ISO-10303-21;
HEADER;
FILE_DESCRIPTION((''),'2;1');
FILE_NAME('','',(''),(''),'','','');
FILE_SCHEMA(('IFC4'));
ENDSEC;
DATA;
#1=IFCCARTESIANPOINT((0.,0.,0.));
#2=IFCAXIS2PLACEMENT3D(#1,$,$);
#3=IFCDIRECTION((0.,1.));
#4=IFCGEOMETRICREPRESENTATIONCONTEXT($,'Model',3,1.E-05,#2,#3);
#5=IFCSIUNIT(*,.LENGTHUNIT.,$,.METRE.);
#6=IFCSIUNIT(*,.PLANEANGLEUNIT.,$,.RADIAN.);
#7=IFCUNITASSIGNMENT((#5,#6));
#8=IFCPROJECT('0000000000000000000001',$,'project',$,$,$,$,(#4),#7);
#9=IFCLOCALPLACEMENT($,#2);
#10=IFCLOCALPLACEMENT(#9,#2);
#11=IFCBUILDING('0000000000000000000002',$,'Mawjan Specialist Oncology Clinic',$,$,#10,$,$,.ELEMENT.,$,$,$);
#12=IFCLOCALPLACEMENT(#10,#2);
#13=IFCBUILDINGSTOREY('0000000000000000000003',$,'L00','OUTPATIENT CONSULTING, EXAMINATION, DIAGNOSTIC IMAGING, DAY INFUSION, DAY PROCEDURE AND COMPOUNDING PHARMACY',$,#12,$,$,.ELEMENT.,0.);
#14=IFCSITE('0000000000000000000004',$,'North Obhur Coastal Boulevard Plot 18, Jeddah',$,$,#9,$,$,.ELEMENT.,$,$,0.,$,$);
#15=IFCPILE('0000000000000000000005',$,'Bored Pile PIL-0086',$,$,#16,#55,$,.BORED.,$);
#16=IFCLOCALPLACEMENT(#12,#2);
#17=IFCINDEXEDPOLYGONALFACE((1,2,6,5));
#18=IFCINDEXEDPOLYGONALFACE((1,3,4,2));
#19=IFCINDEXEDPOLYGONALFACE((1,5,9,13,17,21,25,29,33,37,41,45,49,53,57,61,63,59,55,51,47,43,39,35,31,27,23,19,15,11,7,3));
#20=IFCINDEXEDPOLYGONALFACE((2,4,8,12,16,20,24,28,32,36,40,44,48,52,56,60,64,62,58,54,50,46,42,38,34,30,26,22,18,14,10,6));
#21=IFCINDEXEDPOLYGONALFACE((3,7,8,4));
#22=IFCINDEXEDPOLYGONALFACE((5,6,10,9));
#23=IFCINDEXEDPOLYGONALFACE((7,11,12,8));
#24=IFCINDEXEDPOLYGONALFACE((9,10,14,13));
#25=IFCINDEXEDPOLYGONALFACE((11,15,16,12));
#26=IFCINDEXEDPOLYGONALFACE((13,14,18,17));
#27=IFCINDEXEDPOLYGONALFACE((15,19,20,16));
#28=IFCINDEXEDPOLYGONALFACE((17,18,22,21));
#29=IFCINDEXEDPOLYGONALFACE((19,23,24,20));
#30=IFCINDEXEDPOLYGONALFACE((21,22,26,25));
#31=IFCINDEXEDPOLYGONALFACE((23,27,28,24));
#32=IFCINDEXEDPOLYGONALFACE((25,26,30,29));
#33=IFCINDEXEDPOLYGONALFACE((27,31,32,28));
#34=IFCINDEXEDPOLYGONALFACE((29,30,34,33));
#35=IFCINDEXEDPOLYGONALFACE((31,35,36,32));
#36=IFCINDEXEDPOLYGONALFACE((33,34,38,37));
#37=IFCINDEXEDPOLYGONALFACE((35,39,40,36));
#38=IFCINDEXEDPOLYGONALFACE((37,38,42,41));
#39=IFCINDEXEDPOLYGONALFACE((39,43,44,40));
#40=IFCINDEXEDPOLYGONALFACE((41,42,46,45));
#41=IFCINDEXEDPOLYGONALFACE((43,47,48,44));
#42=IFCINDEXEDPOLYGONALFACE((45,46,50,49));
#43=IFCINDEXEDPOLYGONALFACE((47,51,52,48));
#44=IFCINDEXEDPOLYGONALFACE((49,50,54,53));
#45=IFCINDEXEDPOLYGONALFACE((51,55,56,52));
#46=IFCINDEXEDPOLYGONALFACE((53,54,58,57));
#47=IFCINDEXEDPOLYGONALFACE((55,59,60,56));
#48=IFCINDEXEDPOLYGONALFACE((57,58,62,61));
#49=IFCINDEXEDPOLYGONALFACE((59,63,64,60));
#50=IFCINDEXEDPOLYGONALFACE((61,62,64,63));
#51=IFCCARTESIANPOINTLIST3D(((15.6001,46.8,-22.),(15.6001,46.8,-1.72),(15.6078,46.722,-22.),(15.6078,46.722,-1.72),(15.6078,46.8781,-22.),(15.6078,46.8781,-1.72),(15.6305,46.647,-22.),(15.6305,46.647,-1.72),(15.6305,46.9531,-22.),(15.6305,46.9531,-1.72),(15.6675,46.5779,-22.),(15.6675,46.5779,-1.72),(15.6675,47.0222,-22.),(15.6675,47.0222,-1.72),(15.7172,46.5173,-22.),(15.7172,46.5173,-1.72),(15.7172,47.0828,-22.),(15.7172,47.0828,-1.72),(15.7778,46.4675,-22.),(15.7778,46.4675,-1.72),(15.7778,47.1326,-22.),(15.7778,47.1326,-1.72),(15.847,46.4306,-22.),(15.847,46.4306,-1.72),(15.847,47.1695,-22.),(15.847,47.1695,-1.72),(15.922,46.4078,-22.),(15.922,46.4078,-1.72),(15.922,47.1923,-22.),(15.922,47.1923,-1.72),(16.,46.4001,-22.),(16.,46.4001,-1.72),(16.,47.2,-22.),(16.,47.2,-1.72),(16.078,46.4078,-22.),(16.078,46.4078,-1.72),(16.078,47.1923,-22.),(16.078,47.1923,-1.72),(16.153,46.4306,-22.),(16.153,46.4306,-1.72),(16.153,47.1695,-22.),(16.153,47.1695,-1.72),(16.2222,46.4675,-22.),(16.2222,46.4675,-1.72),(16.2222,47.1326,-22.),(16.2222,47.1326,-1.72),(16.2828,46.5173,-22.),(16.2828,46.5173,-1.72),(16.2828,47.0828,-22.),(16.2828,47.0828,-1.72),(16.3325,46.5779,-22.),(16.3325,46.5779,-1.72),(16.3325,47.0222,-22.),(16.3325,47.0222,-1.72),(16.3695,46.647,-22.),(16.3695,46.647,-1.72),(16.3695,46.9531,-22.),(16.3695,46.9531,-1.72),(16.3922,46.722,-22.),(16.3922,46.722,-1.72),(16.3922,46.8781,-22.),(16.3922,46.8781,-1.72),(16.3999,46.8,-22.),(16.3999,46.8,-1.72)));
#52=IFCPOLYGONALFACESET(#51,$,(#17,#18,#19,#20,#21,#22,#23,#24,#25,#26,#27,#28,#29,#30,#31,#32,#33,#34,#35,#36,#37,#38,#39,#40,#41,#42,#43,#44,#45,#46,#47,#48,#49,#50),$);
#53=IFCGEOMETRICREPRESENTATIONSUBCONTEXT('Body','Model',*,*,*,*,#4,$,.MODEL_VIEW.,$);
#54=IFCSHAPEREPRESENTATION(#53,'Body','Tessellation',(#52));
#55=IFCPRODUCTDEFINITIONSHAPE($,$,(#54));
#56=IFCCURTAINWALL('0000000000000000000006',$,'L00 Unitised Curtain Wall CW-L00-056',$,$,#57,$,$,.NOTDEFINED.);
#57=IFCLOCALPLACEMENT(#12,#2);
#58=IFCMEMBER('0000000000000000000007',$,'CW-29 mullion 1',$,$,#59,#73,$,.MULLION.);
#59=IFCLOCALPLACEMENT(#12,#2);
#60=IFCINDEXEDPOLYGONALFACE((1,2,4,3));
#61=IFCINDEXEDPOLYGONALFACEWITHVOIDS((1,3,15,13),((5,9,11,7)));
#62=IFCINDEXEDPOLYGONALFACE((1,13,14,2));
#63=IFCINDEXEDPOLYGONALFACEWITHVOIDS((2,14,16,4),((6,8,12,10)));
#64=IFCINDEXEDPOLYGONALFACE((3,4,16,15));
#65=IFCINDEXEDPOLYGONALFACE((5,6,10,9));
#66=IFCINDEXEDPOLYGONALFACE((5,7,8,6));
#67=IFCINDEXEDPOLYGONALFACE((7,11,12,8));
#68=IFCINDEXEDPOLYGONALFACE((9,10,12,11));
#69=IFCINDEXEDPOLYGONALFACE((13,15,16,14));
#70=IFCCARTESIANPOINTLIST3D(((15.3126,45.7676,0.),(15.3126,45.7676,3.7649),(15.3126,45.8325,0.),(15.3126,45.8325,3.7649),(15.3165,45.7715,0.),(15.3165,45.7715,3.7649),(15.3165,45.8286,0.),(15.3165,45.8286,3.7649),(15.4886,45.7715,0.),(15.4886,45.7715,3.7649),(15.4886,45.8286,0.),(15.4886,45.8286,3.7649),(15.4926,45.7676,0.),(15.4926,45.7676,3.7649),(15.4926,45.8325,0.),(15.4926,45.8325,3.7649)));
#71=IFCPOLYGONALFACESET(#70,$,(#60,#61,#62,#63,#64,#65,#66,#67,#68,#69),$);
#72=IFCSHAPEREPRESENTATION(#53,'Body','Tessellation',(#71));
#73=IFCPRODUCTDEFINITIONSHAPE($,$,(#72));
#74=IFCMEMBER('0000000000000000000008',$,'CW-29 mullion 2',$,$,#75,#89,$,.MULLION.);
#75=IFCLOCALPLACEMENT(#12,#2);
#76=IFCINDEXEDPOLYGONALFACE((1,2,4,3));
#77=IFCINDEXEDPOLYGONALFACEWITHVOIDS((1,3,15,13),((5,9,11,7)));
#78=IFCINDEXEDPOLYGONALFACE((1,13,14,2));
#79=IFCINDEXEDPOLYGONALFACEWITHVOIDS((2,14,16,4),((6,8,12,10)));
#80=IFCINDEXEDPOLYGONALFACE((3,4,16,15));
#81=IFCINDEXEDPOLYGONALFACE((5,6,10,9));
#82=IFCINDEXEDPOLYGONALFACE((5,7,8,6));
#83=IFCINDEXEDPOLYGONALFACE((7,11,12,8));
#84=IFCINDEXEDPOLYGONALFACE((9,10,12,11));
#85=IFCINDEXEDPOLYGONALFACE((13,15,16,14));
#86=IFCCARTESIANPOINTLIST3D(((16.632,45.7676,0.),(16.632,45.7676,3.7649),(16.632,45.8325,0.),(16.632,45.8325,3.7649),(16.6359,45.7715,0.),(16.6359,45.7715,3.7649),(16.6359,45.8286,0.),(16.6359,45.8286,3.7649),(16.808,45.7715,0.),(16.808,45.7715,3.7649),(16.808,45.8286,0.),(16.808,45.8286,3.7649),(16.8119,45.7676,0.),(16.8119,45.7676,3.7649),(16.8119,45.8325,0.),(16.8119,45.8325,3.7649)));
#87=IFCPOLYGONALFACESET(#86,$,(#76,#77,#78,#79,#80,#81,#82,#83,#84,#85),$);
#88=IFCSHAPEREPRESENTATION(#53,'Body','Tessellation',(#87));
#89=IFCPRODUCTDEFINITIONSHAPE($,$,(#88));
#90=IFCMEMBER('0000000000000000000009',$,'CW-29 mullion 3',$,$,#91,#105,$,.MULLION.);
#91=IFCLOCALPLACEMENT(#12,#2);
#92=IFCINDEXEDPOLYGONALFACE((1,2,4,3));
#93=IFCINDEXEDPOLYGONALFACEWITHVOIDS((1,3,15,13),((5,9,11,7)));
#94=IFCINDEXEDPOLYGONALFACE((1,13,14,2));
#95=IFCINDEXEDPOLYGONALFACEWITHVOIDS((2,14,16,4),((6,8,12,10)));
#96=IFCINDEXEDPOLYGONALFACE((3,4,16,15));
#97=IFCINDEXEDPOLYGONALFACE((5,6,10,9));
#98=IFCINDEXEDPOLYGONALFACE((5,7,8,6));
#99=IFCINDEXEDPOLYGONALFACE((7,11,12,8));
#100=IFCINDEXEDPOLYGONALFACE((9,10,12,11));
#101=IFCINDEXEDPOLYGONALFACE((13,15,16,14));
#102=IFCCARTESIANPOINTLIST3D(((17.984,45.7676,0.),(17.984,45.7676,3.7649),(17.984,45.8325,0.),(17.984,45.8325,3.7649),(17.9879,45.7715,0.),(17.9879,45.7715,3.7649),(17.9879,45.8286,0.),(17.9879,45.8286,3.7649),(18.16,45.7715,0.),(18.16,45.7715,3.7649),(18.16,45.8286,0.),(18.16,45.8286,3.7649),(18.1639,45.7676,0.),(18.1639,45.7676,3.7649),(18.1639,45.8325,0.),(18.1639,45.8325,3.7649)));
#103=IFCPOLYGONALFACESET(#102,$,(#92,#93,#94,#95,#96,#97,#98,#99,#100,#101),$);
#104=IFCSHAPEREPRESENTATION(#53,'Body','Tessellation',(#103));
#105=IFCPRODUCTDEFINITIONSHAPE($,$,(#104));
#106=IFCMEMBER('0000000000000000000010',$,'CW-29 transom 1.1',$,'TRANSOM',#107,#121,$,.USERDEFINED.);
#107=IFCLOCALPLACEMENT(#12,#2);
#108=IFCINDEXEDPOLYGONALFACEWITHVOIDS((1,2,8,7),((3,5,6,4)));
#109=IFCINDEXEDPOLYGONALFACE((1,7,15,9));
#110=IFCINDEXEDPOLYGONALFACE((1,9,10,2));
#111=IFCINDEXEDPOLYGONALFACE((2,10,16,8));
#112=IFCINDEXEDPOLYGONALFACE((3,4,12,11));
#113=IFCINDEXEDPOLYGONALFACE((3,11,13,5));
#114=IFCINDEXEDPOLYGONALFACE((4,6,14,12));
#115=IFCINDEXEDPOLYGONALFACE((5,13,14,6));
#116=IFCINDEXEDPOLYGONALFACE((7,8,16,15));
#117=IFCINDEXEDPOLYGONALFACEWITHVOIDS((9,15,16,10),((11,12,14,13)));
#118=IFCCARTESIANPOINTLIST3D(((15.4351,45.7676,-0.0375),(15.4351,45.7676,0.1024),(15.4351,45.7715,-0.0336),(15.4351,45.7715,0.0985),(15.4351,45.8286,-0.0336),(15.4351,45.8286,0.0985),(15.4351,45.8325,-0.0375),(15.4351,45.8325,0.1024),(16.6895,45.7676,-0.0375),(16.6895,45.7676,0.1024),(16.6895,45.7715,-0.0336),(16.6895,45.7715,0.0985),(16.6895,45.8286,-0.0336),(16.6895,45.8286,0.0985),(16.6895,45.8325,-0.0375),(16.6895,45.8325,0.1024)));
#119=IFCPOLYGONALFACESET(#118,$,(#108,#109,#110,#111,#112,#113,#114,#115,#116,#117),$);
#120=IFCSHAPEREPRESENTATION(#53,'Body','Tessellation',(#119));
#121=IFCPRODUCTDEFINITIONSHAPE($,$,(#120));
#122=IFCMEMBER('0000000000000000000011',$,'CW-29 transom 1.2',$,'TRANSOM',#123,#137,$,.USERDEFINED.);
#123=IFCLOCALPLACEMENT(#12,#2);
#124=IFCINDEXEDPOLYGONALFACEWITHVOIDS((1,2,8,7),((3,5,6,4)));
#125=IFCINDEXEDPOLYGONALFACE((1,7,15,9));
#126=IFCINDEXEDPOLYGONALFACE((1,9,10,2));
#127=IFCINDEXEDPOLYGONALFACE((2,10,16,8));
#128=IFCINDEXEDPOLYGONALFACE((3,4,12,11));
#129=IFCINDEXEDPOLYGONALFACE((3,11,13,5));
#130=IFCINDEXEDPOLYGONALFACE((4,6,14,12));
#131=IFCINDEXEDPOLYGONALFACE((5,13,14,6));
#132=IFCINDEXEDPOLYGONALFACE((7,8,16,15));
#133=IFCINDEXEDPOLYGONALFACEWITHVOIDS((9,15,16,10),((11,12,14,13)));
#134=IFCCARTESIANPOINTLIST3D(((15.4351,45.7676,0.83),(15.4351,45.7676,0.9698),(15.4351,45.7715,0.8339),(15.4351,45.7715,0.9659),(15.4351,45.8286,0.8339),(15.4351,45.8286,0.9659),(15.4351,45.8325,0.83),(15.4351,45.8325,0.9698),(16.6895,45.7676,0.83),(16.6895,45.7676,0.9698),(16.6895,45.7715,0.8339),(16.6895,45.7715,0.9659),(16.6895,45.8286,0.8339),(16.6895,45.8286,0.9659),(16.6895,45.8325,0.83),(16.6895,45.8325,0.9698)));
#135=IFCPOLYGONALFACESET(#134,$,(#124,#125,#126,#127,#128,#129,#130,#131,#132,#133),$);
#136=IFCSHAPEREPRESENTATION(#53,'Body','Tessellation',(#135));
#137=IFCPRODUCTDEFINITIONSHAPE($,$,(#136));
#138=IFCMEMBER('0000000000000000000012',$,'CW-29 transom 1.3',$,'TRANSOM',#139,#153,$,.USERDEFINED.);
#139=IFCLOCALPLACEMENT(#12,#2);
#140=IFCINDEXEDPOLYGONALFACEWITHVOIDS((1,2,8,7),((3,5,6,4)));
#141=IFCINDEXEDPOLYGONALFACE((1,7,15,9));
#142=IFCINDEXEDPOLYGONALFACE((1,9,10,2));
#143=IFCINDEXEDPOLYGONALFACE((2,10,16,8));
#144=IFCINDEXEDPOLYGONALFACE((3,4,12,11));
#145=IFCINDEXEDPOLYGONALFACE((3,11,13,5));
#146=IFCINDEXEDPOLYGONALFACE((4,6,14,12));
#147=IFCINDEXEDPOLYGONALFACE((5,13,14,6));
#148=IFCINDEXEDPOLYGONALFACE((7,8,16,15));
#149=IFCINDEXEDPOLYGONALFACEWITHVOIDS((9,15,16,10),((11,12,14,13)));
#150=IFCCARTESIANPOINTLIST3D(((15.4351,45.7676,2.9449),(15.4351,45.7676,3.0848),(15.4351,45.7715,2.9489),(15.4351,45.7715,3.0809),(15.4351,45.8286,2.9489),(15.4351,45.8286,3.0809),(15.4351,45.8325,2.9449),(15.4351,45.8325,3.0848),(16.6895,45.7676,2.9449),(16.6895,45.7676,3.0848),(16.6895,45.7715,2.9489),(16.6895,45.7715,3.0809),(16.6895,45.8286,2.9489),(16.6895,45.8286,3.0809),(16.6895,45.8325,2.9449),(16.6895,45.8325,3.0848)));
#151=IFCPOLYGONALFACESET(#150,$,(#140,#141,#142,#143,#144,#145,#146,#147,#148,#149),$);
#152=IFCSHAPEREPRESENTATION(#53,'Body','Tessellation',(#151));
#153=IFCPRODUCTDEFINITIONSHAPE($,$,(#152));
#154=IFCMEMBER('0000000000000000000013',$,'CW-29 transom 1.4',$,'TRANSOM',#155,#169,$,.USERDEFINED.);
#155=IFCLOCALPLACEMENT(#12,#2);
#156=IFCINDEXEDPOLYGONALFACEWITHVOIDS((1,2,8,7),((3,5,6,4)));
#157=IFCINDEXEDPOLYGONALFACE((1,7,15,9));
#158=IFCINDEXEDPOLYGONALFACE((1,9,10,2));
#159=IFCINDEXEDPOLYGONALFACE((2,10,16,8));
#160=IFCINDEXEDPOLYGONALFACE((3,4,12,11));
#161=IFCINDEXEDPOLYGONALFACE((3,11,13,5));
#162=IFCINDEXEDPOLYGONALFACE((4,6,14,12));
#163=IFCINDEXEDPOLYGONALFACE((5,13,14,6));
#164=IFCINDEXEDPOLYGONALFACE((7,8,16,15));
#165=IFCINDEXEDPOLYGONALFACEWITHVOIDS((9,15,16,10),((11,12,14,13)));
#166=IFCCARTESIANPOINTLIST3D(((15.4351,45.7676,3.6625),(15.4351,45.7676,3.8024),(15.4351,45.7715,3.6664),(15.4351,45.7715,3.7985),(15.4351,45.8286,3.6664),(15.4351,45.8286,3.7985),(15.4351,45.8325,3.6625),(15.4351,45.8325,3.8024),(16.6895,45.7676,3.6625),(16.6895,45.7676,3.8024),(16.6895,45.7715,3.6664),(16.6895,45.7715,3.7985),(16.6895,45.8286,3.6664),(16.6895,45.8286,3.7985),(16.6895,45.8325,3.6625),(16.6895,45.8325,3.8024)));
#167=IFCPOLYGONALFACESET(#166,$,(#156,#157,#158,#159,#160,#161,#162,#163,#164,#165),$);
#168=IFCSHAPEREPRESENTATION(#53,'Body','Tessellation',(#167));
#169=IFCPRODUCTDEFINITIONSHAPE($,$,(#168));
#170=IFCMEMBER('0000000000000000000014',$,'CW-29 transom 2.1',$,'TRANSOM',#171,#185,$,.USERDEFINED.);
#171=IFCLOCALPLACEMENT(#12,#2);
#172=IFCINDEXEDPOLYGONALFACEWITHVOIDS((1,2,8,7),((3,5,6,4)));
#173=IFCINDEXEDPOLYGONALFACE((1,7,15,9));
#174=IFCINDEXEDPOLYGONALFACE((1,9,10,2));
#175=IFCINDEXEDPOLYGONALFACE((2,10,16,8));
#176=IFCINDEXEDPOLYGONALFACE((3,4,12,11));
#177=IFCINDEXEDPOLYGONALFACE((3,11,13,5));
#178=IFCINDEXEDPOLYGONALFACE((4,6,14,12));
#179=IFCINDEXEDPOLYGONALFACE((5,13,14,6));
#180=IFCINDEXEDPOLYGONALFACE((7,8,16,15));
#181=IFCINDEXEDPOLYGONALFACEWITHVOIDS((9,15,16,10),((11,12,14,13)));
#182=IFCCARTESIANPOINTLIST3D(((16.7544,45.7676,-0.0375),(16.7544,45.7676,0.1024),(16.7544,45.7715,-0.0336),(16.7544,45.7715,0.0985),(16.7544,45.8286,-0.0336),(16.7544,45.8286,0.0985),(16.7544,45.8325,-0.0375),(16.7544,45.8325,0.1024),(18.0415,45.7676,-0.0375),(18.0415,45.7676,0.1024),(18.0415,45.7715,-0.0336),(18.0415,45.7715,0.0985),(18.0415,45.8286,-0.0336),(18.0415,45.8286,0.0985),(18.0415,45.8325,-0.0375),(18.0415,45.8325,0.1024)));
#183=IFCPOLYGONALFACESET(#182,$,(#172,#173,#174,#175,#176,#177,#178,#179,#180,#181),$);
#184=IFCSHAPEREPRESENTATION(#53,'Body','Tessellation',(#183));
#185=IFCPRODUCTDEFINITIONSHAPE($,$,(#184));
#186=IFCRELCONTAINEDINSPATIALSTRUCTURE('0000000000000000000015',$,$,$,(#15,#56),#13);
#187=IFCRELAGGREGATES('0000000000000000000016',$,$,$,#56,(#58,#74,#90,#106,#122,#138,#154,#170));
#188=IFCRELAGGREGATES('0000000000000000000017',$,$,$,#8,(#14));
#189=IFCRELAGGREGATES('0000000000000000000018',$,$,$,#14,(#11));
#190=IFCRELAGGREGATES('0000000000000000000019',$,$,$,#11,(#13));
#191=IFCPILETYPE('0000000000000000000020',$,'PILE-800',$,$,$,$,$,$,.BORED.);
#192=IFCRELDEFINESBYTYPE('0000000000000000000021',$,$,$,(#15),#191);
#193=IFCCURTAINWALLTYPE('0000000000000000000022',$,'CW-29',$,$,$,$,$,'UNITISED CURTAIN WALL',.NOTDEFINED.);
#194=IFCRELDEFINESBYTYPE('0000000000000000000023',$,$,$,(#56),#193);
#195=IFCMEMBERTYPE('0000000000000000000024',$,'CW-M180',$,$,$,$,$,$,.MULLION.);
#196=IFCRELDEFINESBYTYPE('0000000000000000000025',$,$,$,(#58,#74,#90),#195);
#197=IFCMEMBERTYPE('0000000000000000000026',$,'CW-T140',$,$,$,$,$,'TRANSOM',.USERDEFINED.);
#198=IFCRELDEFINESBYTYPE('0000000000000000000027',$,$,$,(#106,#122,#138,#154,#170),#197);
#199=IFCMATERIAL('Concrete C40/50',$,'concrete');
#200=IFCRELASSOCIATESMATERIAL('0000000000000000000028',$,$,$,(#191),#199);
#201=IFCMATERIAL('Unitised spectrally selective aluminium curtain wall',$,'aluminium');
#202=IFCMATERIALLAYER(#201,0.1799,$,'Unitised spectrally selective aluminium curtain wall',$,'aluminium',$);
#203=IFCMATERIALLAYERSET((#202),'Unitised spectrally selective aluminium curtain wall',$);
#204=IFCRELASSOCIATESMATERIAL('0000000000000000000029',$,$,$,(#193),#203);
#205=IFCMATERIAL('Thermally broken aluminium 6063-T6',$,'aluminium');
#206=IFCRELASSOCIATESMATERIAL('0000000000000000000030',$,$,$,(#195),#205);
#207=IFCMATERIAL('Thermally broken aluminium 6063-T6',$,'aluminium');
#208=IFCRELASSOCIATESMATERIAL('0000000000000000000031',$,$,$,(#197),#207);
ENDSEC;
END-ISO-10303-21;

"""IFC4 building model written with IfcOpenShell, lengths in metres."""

from ifc_helpers import new_model, si_unit, direction, frame, origin, origin_2d, place, context, subcontext, project, spatial, hollow_rectangle, circle, extrude, material, layer, layer_set, material_profile, profile_set, type_object, element, aggregate, save


model = new_model("IFC4")

# Units and contexts
model_context = context("Model", 3, precision=1e-05, world=origin(), true_north=direction((0.0, 1.0)))
body_context = subcontext(model_context, "Body", "Model", "MODEL_VIEW")
ifc_project = project(units=[si_unit("LENGTHUNIT", "METRE"), si_unit("PLANEANGLEUNIT", "RADIAN")], contexts=[model_context])

# Site, building, storey
site_placement = place(None, origin())
site = spatial("IfcSite", under=ifc_project, at=site_placement, Name="North Obhur Coastal Boulevard Plot 18, Jeddah", CompositionType="ELEMENT", RefElevation=0.0)
building_placement = place(site_placement, origin())
building = spatial("IfcBuilding", under=site, at=building_placement, Name="Mawjan Specialist Oncology Clinic", CompositionType="ELEMENT")
storey_placement = place(building_placement, origin())
storey = spatial("IfcBuildingStorey", under=building, at=storey_placement, Name="L00", Description="OUTPATIENT CONSULTING, EXAMINATION, DIAGNOSTIC IMAGING, DAY INFUSION, DAY PROCEDURE AND COMPOUNDING PHARMACY", CompositionType="ELEMENT", Elevation=0.0)

# Pile
ifc_material_1 = material(Name="Concrete C40/50", Category="concrete")
ifc_material_profile_1 = material_profile(ifc_material_1, circle(Radius=0.3999, at=origin_2d()), Name="BORED PILE D800", Category="concrete")
ifc_profile_set_1 = profile_set([ifc_material_profile_1], Name="Concrete C40/50")
pile_type = type_object("IfcPileType", Name="PILE-800", PredefinedType="BORED", material=ifc_profile_set_1)
pile_placement = place(storey_placement, frame((16.0, 46.8, -1.72), z_axis=(0.0, 0.0, -1.0), x_axis=(1.0, 0.0, 0.0)))
element("IfcPile", 1, at=pile_placement, inside=storey, type_object=pile_type, Name="Bored Pile PIL-0086", PredefinedType="BORED", context=body_context, shape_type="SweptSolid", body=[
    extrude(circle(Radius=0.3999, at=origin_2d()), origin(), (0.0, 0.0, 1.0), 20.28),
])

# Curtain wall, members
ifc_material_2 = material(Name="Unitised spectrally selective aluminium curtain wall", Category="aluminium")
ifc_layer_1 = layer(ifc_material_2, 0.1799, Name="Unitised spectrally selective aluminium curtain wall", Category="aluminium")
ifc_layer_set_1 = layer_set([ifc_layer_1], Name="Unitised spectrally selective aluminium curtain wall")
curtain_wall_type_1 = type_object("IfcCurtainWallType", Name="CW-29", ElementType="UNITISED CURTAIN WALL", PredefinedType="NOTDEFINED", material=ifc_layer_set_1)
curtain_wall_1_placement = place(storey_placement, origin())
curtain_wall_1 = element("IfcCurtainWall", 2, at=curtain_wall_1_placement, inside=storey, type_object=curtain_wall_type_1, Name="L00 Unitised Curtain Wall CW-L00-056", PredefinedType="NOTDEFINED")
ifc_material_3 = material(Name="Thermally broken aluminium 6063-T6", Category="aluminium")
ifc_material_profile_2 = material_profile(ifc_material_3, hollow_rectangle(XDim=0.0649, YDim=0.1799, WallThickness=0.0039, at=origin_2d()), Name="ALU MULLION 180x65x4", Category="aluminium")
ifc_profile_set_2 = profile_set([ifc_material_profile_2], Name="Thermally broken aluminium 6063-T6")
member_type_1 = type_object("IfcMemberType", Name="CW-M180", PredefinedType="MULLION", material=ifc_profile_set_2)
member_1_placement = place(storey_placement, frame((15.4026, 45.8, 0.0), z_axis=(0.0, 0.0, 1.0), x_axis=(0.0, 1.0, 0.0)))
member_1 = element("IfcMember", 3, at=member_1_placement, type_object=member_type_1, Name="CW-29 mullion 1", PredefinedType="MULLION", context=body_context, shape_type="SweptSolid", body=[
    extrude(hollow_rectangle(XDim=0.0649, YDim=0.1799, WallThickness=0.0039, at=origin_2d()), origin(), (0.0, 0.0, 1.0), 3.7649),
])
member_2_placement = place(storey_placement, frame((16.7219, 45.8, 0.0), z_axis=(0.0, 0.0, 1.0), x_axis=(0.0, 1.0, 0.0)))
member_2 = element("IfcMember", 4, at=member_2_placement, type_object=member_type_1, Name="CW-29 mullion 2", PredefinedType="MULLION", context=body_context, shape_type="SweptSolid", body=[
    extrude(hollow_rectangle(XDim=0.0649, YDim=0.1799, WallThickness=0.0039, at=origin_2d()), origin(), (0.0, 0.0, 1.0), 3.7649),
])
member_3_placement = place(storey_placement, frame((18.074, 45.8, 0.0), z_axis=(0.0, 0.0, 1.0), x_axis=(0.0, 1.0, 0.0)))
member_3 = element("IfcMember", 5, at=member_3_placement, type_object=member_type_1, Name="CW-29 mullion 3", PredefinedType="MULLION", context=body_context, shape_type="SweptSolid", body=[
    extrude(hollow_rectangle(XDim=0.0649, YDim=0.1799, WallThickness=0.0039, at=origin_2d()), origin(), (0.0, 0.0, 1.0), 3.7649),
])
ifc_material_4 = material(Name="Thermally broken aluminium 6063-T6", Category="aluminium")
ifc_material_profile_3 = material_profile(ifc_material_4, hollow_rectangle(XDim=0.0649, YDim=0.1399, WallThickness=0.0039, at=origin_2d()), Name="ALU TRANSOM 140x65x4", Category="aluminium")
ifc_profile_set_3 = profile_set([ifc_material_profile_3], Name="Thermally broken aluminium 6063-T6")
member_type_2 = type_object("IfcMemberType", Name="CW-T140", ElementType="TRANSOM", PredefinedType="USERDEFINED", material=ifc_profile_set_3)
member_4_placement = place(storey_placement, frame((15.4351, 45.8, 0.0325), z_axis=(1.0, 0.0, 0.0), x_axis=(0.0, 1.0, 0.0)))
member_4 = element("IfcMember", 6, at=member_4_placement, type_object=member_type_2, Name="CW-29 transom 1.1", ObjectType="TRANSOM", PredefinedType="USERDEFINED", context=body_context, shape_type="SweptSolid", body=[
    extrude(hollow_rectangle(XDim=0.0649, YDim=0.1399, WallThickness=0.0039, at=origin_2d()), origin(), (0.0, 0.0, 1.0), 1.2544),
])
member_5_placement = place(storey_placement, frame((15.4351, 45.8, 0.8999), z_axis=(1.0, 0.0, 0.0), x_axis=(0.0, 1.0, 0.0)))
member_5 = element("IfcMember", 7, at=member_5_placement, type_object=member_type_2, Name="CW-29 transom 1.2", ObjectType="TRANSOM", PredefinedType="USERDEFINED", context=body_context, shape_type="SweptSolid", body=[
    extrude(hollow_rectangle(XDim=0.0649, YDim=0.1399, WallThickness=0.0039, at=origin_2d()), origin(), (0.0, 0.0, 1.0), 1.2544),
])
member_6_placement = place(storey_placement, frame((15.4351, 45.8, 3.0149), z_axis=(1.0, 0.0, 0.0), x_axis=(0.0, 1.0, 0.0)))
member_6 = element("IfcMember", 8, at=member_6_placement, type_object=member_type_2, Name="CW-29 transom 1.3", ObjectType="TRANSOM", PredefinedType="USERDEFINED", context=body_context, shape_type="SweptSolid", body=[
    extrude(hollow_rectangle(XDim=0.0649, YDim=0.1399, WallThickness=0.0039, at=origin_2d()), origin(), (0.0, 0.0, 1.0), 1.2544),
])
member_7_placement = place(storey_placement, frame((15.4351, 45.8, 3.7324), z_axis=(1.0, 0.0, 0.0), x_axis=(0.0, 1.0, 0.0)))
member_7 = element("IfcMember", 9, at=member_7_placement, type_object=member_type_2, Name="CW-29 transom 1.4", ObjectType="TRANSOM", PredefinedType="USERDEFINED", context=body_context, shape_type="SweptSolid", body=[
    extrude(hollow_rectangle(XDim=0.0649, YDim=0.1399, WallThickness=0.0039, at=origin_2d()), origin(), (0.0, 0.0, 1.0), 1.2544),
])
member_8_placement = place(storey_placement, frame((16.7544, 45.8, 0.0325), z_axis=(1.0, 0.0, 0.0), x_axis=(0.0, 1.0, 0.0)))
member_8 = element("IfcMember", 10, at=member_8_placement, type_object=member_type_2, Name="CW-29 transom 2.1", ObjectType="TRANSOM", PredefinedType="USERDEFINED", context=body_context, shape_type="SweptSolid", body=[
    extrude(hollow_rectangle(XDim=0.0649, YDim=0.1399, WallThickness=0.0039, at=origin_2d()), origin(), (0.0, 0.0, 1.0), 1.2871),
])

aggregate(curtain_wall_1, [member_1, member_2, member_3, member_4, member_5, member_6, member_7, member_8])

save(model, "model.ifc")
